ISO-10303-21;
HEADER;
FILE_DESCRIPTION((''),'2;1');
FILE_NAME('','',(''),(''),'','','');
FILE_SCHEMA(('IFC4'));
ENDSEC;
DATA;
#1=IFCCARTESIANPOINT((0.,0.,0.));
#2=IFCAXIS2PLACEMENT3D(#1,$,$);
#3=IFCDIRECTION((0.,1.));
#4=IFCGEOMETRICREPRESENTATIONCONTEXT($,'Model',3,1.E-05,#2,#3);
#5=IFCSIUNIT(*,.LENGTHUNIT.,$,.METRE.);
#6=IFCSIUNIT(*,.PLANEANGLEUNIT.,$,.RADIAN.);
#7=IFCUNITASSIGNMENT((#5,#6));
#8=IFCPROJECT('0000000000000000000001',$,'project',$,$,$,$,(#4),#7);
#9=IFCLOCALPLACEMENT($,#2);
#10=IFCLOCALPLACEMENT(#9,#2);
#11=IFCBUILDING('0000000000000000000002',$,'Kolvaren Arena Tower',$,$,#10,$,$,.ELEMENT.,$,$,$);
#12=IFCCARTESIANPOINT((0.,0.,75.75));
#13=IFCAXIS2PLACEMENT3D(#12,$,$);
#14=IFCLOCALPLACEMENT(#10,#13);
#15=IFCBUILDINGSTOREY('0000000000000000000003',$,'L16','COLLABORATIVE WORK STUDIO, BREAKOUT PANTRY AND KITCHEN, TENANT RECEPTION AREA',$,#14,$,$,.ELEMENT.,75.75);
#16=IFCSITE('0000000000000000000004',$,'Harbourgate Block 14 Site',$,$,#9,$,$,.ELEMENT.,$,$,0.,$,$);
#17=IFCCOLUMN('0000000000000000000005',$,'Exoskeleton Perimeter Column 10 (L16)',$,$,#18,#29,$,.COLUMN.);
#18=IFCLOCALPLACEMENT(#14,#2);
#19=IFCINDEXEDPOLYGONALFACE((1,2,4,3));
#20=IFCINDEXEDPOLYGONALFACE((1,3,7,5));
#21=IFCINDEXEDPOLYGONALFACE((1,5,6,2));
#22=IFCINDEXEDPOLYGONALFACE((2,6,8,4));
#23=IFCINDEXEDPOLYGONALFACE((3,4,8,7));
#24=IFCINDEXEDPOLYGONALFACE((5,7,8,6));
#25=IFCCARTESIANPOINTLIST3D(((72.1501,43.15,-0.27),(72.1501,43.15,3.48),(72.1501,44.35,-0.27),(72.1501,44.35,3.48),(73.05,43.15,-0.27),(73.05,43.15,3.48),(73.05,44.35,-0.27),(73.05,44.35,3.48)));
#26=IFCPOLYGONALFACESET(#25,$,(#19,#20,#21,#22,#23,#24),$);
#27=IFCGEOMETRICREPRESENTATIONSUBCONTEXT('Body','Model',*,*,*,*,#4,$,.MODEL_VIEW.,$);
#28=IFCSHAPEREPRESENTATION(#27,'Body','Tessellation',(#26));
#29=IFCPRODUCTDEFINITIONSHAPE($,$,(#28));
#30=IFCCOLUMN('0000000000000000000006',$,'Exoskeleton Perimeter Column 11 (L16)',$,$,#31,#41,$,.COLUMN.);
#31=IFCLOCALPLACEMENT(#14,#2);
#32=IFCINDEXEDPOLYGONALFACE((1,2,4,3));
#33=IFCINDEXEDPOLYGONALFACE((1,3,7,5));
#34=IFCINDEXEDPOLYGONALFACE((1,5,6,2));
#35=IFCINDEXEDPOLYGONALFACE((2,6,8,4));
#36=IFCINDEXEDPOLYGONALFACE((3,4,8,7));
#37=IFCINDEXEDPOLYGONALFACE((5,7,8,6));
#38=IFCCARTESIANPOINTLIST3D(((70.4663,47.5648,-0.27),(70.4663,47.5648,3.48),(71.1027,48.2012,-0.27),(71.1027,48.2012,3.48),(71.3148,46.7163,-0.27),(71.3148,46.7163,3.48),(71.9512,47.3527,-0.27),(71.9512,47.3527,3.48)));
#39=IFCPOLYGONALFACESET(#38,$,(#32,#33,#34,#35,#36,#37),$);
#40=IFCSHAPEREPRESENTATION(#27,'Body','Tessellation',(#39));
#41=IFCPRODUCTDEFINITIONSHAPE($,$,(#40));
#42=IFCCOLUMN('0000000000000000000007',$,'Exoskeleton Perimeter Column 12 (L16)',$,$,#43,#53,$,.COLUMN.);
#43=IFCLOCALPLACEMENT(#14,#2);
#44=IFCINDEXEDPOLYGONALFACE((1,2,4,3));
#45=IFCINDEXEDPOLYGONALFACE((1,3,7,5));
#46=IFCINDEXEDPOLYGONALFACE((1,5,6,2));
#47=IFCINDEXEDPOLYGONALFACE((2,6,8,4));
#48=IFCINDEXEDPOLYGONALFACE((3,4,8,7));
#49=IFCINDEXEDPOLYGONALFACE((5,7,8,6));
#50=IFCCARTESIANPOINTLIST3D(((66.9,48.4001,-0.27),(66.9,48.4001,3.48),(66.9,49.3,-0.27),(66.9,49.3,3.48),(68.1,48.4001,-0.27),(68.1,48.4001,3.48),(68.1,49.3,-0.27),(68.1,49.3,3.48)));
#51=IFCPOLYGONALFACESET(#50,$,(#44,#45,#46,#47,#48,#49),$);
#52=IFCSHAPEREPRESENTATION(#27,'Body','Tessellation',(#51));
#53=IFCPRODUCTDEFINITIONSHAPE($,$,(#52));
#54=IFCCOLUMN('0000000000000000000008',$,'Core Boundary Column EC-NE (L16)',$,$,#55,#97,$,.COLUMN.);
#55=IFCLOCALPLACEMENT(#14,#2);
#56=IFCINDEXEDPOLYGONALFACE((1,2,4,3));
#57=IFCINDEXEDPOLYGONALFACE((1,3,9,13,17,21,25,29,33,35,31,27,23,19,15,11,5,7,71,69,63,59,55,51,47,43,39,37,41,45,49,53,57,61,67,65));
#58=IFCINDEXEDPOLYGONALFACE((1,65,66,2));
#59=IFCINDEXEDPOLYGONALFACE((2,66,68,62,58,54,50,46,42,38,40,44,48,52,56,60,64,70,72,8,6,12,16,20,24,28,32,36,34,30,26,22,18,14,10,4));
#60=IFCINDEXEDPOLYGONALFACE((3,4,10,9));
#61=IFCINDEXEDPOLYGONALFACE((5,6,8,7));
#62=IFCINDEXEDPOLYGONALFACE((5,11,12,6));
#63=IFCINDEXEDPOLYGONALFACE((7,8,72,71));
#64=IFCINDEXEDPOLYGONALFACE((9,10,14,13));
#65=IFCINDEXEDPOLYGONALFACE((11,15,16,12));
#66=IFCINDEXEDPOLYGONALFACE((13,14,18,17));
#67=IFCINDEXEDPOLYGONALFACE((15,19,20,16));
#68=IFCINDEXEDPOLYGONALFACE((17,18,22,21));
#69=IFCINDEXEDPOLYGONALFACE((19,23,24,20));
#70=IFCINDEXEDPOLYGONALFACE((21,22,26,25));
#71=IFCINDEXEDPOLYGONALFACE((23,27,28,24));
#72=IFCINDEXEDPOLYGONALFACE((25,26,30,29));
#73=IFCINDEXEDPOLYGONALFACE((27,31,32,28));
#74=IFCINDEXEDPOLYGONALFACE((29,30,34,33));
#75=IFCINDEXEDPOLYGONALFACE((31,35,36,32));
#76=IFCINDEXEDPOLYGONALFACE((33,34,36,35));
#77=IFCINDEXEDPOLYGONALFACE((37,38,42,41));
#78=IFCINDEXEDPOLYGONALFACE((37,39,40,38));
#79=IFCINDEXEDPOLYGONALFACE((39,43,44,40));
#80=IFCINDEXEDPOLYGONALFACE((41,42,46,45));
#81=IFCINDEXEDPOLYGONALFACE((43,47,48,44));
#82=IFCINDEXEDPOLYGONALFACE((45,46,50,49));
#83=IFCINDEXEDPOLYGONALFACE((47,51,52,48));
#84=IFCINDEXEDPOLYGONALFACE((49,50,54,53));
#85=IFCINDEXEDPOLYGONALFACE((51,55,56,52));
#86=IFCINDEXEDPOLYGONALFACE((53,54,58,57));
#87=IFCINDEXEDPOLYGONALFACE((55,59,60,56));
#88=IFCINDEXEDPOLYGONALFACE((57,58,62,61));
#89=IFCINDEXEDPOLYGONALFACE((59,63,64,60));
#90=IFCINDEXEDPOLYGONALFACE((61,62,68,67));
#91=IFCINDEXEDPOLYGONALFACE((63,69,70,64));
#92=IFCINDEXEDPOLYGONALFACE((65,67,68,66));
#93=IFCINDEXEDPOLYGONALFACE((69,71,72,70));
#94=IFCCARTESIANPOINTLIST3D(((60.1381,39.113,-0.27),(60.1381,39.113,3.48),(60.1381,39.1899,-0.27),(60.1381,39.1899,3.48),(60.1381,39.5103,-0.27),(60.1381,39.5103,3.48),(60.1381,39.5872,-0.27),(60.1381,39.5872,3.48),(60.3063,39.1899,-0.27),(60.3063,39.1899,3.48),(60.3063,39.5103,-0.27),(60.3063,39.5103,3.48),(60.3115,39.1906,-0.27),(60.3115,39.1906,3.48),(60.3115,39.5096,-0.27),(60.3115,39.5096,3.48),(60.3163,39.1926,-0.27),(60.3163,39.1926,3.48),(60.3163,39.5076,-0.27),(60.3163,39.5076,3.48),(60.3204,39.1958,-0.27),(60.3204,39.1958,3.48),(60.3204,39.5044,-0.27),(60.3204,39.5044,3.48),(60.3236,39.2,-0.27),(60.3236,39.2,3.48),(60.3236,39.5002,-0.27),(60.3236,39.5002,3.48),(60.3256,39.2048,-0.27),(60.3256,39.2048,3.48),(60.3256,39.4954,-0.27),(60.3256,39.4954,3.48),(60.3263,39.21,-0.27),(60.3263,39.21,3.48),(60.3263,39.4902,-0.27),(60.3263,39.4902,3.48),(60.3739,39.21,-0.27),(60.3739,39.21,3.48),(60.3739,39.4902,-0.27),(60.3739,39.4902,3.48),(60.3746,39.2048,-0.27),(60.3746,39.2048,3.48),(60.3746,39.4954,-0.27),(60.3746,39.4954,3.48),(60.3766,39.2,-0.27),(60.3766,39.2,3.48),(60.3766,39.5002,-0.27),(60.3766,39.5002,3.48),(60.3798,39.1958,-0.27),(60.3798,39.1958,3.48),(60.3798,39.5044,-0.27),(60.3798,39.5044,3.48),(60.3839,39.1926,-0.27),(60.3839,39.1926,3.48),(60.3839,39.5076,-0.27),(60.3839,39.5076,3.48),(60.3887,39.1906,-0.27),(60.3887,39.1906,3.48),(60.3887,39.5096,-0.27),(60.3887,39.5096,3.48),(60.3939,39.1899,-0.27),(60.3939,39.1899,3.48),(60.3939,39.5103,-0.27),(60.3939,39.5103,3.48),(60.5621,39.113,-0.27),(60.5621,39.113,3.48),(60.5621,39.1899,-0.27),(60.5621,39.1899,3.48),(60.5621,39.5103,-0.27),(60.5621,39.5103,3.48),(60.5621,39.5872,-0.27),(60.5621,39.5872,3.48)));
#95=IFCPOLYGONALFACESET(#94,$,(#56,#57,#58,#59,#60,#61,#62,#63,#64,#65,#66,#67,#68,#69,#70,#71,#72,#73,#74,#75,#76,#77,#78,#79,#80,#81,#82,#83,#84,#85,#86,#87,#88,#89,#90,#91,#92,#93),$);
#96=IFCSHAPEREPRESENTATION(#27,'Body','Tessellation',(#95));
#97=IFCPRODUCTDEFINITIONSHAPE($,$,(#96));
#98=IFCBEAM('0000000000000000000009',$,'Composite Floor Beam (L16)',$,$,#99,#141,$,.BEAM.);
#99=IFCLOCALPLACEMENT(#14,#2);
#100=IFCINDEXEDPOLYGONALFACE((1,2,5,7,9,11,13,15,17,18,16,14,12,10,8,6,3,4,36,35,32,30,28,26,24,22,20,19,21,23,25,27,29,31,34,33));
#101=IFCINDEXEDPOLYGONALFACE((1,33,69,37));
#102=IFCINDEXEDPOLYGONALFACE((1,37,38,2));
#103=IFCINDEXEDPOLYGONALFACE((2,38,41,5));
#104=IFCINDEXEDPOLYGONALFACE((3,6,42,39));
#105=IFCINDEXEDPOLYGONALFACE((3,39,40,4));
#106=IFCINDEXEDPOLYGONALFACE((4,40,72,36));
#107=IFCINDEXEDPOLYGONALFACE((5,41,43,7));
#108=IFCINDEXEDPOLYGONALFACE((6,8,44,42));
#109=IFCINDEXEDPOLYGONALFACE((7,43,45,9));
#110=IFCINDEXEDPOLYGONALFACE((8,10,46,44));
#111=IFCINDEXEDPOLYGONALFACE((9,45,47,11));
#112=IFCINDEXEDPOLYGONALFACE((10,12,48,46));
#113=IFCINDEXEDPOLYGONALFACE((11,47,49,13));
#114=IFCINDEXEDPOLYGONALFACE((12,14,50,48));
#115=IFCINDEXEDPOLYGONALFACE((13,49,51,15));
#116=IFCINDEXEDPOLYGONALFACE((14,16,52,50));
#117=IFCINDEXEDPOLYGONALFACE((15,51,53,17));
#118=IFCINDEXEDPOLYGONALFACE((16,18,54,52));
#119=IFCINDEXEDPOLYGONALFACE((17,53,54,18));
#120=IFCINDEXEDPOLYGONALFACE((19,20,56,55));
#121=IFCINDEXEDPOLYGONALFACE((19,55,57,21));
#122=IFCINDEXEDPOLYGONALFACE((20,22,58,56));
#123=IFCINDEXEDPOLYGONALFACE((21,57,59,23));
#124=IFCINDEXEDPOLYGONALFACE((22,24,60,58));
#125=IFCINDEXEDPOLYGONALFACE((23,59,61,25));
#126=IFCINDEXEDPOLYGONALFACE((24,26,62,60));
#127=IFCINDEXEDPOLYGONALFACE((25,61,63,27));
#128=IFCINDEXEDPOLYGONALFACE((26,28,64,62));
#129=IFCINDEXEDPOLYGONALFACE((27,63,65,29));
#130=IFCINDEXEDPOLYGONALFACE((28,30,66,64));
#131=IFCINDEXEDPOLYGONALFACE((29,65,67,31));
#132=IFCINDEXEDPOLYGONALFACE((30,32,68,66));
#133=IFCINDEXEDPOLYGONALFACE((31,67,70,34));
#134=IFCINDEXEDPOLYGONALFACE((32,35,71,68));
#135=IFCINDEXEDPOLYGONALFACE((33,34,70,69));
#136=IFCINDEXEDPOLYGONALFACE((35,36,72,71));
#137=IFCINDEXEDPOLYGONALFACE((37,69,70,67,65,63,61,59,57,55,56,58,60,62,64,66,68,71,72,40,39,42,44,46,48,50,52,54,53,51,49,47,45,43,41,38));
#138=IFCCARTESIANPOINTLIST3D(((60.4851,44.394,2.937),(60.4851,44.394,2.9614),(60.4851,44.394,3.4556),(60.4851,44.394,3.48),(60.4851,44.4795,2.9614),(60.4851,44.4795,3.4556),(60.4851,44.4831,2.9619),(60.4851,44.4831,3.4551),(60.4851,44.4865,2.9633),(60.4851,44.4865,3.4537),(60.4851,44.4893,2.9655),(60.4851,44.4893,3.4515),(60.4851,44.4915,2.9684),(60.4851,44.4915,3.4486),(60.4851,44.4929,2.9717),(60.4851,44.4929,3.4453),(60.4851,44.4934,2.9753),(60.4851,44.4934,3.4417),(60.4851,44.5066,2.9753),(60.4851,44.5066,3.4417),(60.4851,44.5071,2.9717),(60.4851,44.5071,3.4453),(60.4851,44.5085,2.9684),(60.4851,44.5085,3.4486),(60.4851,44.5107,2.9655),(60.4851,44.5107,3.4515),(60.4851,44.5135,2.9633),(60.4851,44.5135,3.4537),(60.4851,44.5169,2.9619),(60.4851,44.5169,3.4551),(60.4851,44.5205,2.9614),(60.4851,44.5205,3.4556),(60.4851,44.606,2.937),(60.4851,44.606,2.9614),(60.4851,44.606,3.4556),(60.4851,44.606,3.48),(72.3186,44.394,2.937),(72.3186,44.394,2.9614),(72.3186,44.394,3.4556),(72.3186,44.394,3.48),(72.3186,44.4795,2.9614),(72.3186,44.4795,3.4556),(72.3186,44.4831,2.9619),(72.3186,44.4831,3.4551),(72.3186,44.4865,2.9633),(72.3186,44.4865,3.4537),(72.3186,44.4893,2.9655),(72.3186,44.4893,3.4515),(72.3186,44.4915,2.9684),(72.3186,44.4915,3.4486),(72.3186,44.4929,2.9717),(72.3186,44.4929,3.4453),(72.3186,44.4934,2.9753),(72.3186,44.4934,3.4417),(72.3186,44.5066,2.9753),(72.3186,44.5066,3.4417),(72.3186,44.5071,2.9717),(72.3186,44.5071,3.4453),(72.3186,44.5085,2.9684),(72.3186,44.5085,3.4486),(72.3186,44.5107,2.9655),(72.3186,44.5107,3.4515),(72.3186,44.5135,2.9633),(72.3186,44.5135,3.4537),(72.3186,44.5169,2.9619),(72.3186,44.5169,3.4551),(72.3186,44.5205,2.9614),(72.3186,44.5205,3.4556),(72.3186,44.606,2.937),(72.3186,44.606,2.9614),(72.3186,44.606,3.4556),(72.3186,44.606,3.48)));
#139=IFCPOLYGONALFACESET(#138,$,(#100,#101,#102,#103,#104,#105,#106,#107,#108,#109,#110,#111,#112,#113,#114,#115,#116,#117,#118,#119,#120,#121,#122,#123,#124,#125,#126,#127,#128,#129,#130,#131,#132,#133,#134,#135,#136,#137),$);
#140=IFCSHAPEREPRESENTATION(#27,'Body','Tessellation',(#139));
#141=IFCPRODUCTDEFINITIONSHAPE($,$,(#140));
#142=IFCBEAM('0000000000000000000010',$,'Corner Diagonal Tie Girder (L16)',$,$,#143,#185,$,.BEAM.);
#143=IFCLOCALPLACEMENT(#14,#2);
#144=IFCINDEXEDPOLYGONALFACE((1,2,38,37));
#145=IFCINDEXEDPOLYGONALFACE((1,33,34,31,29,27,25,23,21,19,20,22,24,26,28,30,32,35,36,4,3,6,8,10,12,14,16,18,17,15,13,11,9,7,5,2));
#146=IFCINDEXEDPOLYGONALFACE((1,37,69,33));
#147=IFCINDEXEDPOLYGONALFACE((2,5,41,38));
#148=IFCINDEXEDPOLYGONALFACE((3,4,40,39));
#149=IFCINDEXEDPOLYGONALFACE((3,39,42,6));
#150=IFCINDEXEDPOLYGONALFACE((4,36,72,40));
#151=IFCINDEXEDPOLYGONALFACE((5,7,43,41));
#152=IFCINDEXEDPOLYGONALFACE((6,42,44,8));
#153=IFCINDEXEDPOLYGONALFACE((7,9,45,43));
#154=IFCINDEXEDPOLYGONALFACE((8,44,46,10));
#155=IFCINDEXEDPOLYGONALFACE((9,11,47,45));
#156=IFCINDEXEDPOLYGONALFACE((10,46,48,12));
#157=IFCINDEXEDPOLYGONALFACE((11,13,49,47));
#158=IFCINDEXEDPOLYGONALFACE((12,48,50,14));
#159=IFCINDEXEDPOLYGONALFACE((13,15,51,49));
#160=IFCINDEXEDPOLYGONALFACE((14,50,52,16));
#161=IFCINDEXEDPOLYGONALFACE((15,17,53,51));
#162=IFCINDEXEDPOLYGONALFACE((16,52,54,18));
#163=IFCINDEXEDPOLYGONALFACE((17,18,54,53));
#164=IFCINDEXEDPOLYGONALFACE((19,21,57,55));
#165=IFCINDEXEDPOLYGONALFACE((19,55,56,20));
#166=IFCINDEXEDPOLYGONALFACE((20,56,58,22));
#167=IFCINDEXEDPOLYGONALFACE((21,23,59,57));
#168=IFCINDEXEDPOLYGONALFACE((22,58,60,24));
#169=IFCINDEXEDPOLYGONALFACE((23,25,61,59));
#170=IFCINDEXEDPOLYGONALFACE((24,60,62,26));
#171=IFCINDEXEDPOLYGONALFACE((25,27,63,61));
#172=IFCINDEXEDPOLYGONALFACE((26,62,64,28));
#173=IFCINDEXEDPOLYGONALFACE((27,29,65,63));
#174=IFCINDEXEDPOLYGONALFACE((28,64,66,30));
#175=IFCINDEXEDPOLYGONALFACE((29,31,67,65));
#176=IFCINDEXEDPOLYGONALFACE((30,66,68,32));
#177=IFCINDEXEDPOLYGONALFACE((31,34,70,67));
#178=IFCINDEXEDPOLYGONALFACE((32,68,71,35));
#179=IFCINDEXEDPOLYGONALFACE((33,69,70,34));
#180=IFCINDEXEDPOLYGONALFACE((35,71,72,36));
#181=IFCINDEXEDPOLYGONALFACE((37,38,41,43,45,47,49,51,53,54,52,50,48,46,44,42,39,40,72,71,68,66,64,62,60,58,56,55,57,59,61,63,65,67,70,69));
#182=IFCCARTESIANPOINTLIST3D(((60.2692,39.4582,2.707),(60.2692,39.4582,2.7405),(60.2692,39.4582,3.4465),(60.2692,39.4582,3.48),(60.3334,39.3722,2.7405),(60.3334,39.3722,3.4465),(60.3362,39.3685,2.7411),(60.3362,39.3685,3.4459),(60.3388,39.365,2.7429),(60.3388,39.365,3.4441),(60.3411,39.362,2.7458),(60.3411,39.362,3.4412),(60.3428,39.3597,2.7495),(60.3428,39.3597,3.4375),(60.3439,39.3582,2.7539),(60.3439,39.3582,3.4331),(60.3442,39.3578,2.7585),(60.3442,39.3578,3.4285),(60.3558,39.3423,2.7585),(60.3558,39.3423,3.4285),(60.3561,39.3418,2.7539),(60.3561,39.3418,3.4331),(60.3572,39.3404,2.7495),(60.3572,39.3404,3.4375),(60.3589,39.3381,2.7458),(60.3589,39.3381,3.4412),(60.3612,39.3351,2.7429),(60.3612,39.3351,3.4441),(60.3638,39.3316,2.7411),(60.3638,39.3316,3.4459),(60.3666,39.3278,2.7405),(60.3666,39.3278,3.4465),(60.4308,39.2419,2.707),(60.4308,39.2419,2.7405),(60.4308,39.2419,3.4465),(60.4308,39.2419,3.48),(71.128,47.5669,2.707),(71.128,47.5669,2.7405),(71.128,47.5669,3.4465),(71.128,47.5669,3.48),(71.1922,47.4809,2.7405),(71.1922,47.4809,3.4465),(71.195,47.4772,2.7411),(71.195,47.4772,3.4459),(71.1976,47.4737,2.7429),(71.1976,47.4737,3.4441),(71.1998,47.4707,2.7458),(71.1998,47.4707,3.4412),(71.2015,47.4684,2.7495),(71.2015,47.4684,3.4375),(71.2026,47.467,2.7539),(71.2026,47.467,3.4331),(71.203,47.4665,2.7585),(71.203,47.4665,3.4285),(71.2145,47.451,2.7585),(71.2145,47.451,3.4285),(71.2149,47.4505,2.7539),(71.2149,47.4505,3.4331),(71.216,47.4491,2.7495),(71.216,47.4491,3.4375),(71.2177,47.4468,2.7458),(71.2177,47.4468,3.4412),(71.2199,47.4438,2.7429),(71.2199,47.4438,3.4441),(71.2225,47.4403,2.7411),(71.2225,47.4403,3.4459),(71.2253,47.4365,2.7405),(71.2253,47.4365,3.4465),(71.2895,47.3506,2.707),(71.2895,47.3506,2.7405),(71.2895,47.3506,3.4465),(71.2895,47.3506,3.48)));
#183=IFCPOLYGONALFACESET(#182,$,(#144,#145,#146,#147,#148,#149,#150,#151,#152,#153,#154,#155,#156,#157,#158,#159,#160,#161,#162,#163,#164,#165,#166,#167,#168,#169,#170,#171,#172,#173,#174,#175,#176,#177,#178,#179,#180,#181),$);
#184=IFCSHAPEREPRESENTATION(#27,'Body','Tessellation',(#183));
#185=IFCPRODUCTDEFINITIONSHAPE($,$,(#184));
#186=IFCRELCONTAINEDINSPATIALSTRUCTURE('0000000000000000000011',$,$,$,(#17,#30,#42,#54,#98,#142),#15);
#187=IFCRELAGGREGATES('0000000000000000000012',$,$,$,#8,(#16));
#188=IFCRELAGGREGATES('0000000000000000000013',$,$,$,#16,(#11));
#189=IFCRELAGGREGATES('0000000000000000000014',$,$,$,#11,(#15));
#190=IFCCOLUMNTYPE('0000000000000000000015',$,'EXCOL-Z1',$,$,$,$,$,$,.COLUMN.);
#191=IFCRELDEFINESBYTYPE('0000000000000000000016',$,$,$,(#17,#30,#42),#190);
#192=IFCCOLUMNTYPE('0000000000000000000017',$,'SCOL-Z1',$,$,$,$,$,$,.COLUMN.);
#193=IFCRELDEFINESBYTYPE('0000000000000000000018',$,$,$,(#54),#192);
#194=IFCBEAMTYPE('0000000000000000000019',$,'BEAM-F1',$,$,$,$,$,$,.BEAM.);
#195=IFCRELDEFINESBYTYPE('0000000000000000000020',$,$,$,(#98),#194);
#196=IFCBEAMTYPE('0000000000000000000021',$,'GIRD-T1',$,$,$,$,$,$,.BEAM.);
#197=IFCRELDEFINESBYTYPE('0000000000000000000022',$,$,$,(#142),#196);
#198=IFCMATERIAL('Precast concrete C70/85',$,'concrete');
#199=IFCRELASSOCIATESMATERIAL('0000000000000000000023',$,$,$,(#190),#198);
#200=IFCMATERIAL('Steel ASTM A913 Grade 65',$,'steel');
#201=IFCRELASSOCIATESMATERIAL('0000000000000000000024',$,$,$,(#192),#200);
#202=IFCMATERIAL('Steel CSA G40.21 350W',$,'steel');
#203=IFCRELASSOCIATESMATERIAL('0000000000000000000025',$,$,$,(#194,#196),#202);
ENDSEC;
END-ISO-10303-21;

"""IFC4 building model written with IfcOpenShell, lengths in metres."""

from ifc_helpers import new_model, si_unit, direction, frame, origin, origin_2d, place, context, subcontext, project, spatial, rectangle, i_section, extrude, material, material_profile, profile_set, type_object, element, save


model = new_model("IFC4")

# Units and contexts
model_context = context("Model", 3, precision=1e-05, world=origin(), true_north=direction((0.0, 1.0)))
body_context = subcontext(model_context, "Body", "Model", "MODEL_VIEW")
ifc_project = project(units=[si_unit("LENGTHUNIT", "METRE"), si_unit("PLANEANGLEUNIT", "RADIAN")], contexts=[model_context])

# Site, building, storey
site_placement = place(None, origin())
site = spatial("IfcSite", under=ifc_project, at=site_placement, Name="Harbourgate Block 14 Site", CompositionType="ELEMENT", RefElevation=0.0)
building_placement = place(site_placement, origin())
building = spatial("IfcBuilding", under=site, at=building_placement, Name="Kolvaren Arena Tower", CompositionType="ELEMENT")
storey_placement = place(building_placement, frame((0.0, 0.0, 75.75)))
storey = spatial("IfcBuildingStorey", under=building, at=storey_placement, Name="L16", Description="COLLABORATIVE WORK STUDIO, BREAKOUT PANTRY AND KITCHEN, TENANT RECEPTION AREA", CompositionType="ELEMENT", Elevation=75.75)

# Columns
ifc_material_1 = material(Name="Precast concrete C70/85", Category="concrete")
ifc_material_profile_1 = material_profile(ifc_material_1, rectangle(XDim=1.2, YDim=0.8999, at=origin_2d()), Name="RC-1200x900")
ifc_profile_set_1 = profile_set([ifc_material_profile_1], Name="Precast concrete C70/85")
column_type_1 = type_object("IfcColumnType", Name="EXCOL-Z1", PredefinedType="COLUMN", material=ifc_profile_set_1)
for number, where, z_axis, x_axis, name in (
    (1, (72.6001, 43.75, -0.27), (0.0, 0.0, 1.0), (0.0, 1.0, 0.0), "Exoskeleton Perimeter Column 10 (L16)"),
    (2, (71.2087, 47.4587, -0.27), (0.0, 0.0, 1.0), (-0.707107, 0.707107, 0.0), "Exoskeleton Perimeter Column 11 (L16)"),
    (3, (67.5, 48.8501, -0.27), (0.0, 0.0, 1.0), (1.0, 0.0, 0.0), "Exoskeleton Perimeter Column 12 (L16)"),
):
    element("IfcColumn", number, at=place(storey_placement, frame(where, z_axis=z_axis, x_axis=x_axis)), inside=storey, type_object=column_type_1, Name=name, PredefinedType="COLUMN", context=body_context, shape_type="SweptSolid", body=[
        extrude(rectangle(XDim=1.2, YDim=0.8999, at=origin_2d()), origin(), (0.0, 0.0, 1.0), 3.75),
    ])
ifc_material_2 = material(Name="Steel ASTM A913 Grade 65", Category="steel")
ifc_material_profile_2 = material_profile(ifc_material_2, i_section(OverallWidth=0.4241, OverallDepth=0.4741, WebThickness=0.0476, FlangeThickness=0.0769, FilletRadius=0.02, at=origin_2d()), Name="W360x634")
ifc_profile_set_2 = profile_set([ifc_material_profile_2], Name="Steel ASTM A913 Grade 65")
column_type_2 = type_object("IfcColumnType", Name="SCOL-Z1", PredefinedType="COLUMN", material=ifc_profile_set_2)
column_placement = place(storey_placement, frame((60.3501, 39.3501, -0.27), z_axis=(0.0, 0.0, 1.0), x_axis=(1.0, 0.0, 0.0)))
element("IfcColumn", 4, at=column_placement, inside=storey, type_object=column_type_2, Name="Core Boundary Column EC-NE (L16)", PredefinedType="COLUMN", context=body_context, shape_type="SweptSolid", body=[
    extrude(i_section(OverallWidth=0.4241, OverallDepth=0.4741, WebThickness=0.0476, FlangeThickness=0.0769, FilletRadius=0.02, at=origin_2d()), origin(), (0.0, 0.0, 1.0), 3.75),
])

# Beams
ifc_material_3 = material(Name="Steel CSA G40.21 350W", Category="steel")
ifc_material_profile_3 = material_profile(ifc_material_3, i_section(OverallWidth=0.2119, OverallDepth=0.543, WebThickness=0.0132, FlangeThickness=0.0244, FilletRadius=0.0139, at=origin_2d()), Name="W530x150")
ifc_profile_set_3 = profile_set([ifc_material_profile_3], Name="Steel CSA G40.21 350W")
beam_type_1 = type_object("IfcBeamType", Name="BEAM-F1", PredefinedType="BEAM", material=ifc_profile_set_3)
beam_1_placement = place(storey_placement, frame((60.4851, 44.5, 3.2085), z_axis=(1.0, 0.0, 0.0), x_axis=(0.0, 1.0, 0.0)))
element("IfcBeam", 5, at=beam_1_placement, inside=storey, type_object=beam_type_1, Name="Composite Floor Beam (L16)", PredefinedType="BEAM", context=body_context, shape_type="SweptSolid", body=[
    extrude(i_section(OverallWidth=0.2119, OverallDepth=0.543, WebThickness=0.0132, FlangeThickness=0.0244, FilletRadius=0.0139, at=origin_2d()), origin(), (0.0, 0.0, 1.0), 11.8335),
])
ifc_material_profile_4 = material_profile(ifc_material_3, i_section(OverallWidth=0.27, OverallDepth=0.7729, WebThickness=0.0193, FlangeThickness=0.0334, FilletRadius=0.0181, at=origin_2d()), Name="W760x257")
ifc_profile_set_4 = profile_set([ifc_material_profile_4], Name="Steel CSA G40.21 350W")
beam_type_2 = type_object("IfcBeamType", Name="GIRD-T1", PredefinedType="BEAM", material=ifc_profile_set_4)
beam_2_placement = place(storey_placement, frame((71.2087, 47.4587, 3.0935), z_axis=(-0.80125, -0.59833, 0.0), x_axis=(0.59833, -0.80125, 0.0)))
element("IfcBeam", 6, at=beam_2_placement, inside=storey, type_object=beam_type_2, Name="Corner Diagonal Tie Girder (L16)", PredefinedType="BEAM", context=body_context, shape_type="SweptSolid", body=[
    extrude(i_section(OverallWidth=0.27, OverallDepth=0.7729, WebThickness=0.0193, FlangeThickness=0.0334, FilletRadius=0.0181, at=origin_2d()), origin(), (0.0, 0.0, 1.0), 13.5522),
])

save(model, "model.ifc")
